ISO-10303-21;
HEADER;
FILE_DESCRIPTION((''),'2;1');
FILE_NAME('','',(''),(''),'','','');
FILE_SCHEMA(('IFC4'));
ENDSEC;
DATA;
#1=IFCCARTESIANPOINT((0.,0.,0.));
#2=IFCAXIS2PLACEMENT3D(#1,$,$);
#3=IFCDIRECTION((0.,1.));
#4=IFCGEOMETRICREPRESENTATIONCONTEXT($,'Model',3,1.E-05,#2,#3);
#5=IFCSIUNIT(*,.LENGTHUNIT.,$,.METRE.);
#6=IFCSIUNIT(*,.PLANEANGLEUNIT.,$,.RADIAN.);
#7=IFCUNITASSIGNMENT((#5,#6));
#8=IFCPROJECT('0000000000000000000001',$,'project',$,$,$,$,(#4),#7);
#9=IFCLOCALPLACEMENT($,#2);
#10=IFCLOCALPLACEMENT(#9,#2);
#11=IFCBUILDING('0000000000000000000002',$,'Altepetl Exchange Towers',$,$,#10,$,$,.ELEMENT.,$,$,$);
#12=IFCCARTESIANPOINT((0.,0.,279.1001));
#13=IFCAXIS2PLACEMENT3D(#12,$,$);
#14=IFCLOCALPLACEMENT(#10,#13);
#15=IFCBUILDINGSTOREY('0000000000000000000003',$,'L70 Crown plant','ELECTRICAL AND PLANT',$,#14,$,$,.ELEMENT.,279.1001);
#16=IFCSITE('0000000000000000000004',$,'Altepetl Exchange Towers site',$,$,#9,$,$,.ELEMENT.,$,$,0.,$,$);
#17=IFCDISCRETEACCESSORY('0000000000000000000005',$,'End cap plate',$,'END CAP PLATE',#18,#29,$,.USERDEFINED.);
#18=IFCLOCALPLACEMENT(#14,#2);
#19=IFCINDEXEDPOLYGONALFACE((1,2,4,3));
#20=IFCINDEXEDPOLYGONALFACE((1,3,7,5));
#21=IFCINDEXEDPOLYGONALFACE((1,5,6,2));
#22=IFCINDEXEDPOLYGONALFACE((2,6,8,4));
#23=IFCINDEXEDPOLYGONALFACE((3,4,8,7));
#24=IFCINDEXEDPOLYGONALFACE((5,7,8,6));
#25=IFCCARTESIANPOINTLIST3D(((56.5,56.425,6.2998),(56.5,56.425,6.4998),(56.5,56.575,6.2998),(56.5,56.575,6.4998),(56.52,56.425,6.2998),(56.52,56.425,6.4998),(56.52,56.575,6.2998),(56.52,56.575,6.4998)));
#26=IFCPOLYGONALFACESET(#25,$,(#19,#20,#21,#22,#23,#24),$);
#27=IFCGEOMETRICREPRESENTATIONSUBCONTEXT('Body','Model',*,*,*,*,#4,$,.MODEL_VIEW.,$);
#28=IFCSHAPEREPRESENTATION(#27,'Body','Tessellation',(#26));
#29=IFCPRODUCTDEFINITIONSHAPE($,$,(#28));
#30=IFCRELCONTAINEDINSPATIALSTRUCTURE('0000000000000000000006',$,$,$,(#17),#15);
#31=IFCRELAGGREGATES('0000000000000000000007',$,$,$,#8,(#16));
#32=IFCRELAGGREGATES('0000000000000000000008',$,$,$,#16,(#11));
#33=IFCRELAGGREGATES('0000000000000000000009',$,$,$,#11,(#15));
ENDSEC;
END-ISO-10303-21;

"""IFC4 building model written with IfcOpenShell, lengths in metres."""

from ifc_helpers import new_model, si_unit, direction, frame, origin, origin_2d, place, context, subcontext, project, spatial, rectangle, extrude, element, save


model = new_model("IFC4")

# Units and contexts
model_context = context("Model", 3, precision=1e-05, world=origin(), true_north=direction((0.0, 1.0)))
body_context = subcontext(model_context, "Body", "Model", "MODEL_VIEW")
ifc_project = project(units=[si_unit("LENGTHUNIT", "METRE"), si_unit("PLANEANGLEUNIT", "RADIAN")], contexts=[model_context])

# Site, building, storey
site_placement = place(None, origin())
site = spatial("IfcSite", under=ifc_project, at=site_placement, Name="Altepetl Exchange Towers site", CompositionType="ELEMENT", RefElevation=0.0)
building_placement = place(site_placement, origin())
building = spatial("IfcBuilding", under=site, at=building_placement, Name="Altepetl Exchange Towers", CompositionType="ELEMENT")
storey_placement = place(building_placement, frame((0.0, 0.0, 279.1001)))
storey = spatial("IfcBuildingStorey", under=building, at=storey_placement, Name="L70 Crown plant", Description="ELECTRICAL AND PLANT", CompositionType="ELEMENT", Elevation=279.1001)

# Discrete accessory
discrete_accessory_placement = place(storey_placement, frame((56.51, 56.5, 6.2998)))
element("IfcDiscreteAccessory", 1, at=discrete_accessory_placement, inside=storey, Name="End cap plate", ObjectType="END CAP PLATE", PredefinedType="USERDEFINED", context=body_context, shape_type="SweptSolid", body=[
    extrude(rectangle(XDim=0.02, YDim=0.1499, at=origin_2d()), origin(), (0.0, 0.0, 1.0), 0.2),
])

save(model, "model.ifc")
